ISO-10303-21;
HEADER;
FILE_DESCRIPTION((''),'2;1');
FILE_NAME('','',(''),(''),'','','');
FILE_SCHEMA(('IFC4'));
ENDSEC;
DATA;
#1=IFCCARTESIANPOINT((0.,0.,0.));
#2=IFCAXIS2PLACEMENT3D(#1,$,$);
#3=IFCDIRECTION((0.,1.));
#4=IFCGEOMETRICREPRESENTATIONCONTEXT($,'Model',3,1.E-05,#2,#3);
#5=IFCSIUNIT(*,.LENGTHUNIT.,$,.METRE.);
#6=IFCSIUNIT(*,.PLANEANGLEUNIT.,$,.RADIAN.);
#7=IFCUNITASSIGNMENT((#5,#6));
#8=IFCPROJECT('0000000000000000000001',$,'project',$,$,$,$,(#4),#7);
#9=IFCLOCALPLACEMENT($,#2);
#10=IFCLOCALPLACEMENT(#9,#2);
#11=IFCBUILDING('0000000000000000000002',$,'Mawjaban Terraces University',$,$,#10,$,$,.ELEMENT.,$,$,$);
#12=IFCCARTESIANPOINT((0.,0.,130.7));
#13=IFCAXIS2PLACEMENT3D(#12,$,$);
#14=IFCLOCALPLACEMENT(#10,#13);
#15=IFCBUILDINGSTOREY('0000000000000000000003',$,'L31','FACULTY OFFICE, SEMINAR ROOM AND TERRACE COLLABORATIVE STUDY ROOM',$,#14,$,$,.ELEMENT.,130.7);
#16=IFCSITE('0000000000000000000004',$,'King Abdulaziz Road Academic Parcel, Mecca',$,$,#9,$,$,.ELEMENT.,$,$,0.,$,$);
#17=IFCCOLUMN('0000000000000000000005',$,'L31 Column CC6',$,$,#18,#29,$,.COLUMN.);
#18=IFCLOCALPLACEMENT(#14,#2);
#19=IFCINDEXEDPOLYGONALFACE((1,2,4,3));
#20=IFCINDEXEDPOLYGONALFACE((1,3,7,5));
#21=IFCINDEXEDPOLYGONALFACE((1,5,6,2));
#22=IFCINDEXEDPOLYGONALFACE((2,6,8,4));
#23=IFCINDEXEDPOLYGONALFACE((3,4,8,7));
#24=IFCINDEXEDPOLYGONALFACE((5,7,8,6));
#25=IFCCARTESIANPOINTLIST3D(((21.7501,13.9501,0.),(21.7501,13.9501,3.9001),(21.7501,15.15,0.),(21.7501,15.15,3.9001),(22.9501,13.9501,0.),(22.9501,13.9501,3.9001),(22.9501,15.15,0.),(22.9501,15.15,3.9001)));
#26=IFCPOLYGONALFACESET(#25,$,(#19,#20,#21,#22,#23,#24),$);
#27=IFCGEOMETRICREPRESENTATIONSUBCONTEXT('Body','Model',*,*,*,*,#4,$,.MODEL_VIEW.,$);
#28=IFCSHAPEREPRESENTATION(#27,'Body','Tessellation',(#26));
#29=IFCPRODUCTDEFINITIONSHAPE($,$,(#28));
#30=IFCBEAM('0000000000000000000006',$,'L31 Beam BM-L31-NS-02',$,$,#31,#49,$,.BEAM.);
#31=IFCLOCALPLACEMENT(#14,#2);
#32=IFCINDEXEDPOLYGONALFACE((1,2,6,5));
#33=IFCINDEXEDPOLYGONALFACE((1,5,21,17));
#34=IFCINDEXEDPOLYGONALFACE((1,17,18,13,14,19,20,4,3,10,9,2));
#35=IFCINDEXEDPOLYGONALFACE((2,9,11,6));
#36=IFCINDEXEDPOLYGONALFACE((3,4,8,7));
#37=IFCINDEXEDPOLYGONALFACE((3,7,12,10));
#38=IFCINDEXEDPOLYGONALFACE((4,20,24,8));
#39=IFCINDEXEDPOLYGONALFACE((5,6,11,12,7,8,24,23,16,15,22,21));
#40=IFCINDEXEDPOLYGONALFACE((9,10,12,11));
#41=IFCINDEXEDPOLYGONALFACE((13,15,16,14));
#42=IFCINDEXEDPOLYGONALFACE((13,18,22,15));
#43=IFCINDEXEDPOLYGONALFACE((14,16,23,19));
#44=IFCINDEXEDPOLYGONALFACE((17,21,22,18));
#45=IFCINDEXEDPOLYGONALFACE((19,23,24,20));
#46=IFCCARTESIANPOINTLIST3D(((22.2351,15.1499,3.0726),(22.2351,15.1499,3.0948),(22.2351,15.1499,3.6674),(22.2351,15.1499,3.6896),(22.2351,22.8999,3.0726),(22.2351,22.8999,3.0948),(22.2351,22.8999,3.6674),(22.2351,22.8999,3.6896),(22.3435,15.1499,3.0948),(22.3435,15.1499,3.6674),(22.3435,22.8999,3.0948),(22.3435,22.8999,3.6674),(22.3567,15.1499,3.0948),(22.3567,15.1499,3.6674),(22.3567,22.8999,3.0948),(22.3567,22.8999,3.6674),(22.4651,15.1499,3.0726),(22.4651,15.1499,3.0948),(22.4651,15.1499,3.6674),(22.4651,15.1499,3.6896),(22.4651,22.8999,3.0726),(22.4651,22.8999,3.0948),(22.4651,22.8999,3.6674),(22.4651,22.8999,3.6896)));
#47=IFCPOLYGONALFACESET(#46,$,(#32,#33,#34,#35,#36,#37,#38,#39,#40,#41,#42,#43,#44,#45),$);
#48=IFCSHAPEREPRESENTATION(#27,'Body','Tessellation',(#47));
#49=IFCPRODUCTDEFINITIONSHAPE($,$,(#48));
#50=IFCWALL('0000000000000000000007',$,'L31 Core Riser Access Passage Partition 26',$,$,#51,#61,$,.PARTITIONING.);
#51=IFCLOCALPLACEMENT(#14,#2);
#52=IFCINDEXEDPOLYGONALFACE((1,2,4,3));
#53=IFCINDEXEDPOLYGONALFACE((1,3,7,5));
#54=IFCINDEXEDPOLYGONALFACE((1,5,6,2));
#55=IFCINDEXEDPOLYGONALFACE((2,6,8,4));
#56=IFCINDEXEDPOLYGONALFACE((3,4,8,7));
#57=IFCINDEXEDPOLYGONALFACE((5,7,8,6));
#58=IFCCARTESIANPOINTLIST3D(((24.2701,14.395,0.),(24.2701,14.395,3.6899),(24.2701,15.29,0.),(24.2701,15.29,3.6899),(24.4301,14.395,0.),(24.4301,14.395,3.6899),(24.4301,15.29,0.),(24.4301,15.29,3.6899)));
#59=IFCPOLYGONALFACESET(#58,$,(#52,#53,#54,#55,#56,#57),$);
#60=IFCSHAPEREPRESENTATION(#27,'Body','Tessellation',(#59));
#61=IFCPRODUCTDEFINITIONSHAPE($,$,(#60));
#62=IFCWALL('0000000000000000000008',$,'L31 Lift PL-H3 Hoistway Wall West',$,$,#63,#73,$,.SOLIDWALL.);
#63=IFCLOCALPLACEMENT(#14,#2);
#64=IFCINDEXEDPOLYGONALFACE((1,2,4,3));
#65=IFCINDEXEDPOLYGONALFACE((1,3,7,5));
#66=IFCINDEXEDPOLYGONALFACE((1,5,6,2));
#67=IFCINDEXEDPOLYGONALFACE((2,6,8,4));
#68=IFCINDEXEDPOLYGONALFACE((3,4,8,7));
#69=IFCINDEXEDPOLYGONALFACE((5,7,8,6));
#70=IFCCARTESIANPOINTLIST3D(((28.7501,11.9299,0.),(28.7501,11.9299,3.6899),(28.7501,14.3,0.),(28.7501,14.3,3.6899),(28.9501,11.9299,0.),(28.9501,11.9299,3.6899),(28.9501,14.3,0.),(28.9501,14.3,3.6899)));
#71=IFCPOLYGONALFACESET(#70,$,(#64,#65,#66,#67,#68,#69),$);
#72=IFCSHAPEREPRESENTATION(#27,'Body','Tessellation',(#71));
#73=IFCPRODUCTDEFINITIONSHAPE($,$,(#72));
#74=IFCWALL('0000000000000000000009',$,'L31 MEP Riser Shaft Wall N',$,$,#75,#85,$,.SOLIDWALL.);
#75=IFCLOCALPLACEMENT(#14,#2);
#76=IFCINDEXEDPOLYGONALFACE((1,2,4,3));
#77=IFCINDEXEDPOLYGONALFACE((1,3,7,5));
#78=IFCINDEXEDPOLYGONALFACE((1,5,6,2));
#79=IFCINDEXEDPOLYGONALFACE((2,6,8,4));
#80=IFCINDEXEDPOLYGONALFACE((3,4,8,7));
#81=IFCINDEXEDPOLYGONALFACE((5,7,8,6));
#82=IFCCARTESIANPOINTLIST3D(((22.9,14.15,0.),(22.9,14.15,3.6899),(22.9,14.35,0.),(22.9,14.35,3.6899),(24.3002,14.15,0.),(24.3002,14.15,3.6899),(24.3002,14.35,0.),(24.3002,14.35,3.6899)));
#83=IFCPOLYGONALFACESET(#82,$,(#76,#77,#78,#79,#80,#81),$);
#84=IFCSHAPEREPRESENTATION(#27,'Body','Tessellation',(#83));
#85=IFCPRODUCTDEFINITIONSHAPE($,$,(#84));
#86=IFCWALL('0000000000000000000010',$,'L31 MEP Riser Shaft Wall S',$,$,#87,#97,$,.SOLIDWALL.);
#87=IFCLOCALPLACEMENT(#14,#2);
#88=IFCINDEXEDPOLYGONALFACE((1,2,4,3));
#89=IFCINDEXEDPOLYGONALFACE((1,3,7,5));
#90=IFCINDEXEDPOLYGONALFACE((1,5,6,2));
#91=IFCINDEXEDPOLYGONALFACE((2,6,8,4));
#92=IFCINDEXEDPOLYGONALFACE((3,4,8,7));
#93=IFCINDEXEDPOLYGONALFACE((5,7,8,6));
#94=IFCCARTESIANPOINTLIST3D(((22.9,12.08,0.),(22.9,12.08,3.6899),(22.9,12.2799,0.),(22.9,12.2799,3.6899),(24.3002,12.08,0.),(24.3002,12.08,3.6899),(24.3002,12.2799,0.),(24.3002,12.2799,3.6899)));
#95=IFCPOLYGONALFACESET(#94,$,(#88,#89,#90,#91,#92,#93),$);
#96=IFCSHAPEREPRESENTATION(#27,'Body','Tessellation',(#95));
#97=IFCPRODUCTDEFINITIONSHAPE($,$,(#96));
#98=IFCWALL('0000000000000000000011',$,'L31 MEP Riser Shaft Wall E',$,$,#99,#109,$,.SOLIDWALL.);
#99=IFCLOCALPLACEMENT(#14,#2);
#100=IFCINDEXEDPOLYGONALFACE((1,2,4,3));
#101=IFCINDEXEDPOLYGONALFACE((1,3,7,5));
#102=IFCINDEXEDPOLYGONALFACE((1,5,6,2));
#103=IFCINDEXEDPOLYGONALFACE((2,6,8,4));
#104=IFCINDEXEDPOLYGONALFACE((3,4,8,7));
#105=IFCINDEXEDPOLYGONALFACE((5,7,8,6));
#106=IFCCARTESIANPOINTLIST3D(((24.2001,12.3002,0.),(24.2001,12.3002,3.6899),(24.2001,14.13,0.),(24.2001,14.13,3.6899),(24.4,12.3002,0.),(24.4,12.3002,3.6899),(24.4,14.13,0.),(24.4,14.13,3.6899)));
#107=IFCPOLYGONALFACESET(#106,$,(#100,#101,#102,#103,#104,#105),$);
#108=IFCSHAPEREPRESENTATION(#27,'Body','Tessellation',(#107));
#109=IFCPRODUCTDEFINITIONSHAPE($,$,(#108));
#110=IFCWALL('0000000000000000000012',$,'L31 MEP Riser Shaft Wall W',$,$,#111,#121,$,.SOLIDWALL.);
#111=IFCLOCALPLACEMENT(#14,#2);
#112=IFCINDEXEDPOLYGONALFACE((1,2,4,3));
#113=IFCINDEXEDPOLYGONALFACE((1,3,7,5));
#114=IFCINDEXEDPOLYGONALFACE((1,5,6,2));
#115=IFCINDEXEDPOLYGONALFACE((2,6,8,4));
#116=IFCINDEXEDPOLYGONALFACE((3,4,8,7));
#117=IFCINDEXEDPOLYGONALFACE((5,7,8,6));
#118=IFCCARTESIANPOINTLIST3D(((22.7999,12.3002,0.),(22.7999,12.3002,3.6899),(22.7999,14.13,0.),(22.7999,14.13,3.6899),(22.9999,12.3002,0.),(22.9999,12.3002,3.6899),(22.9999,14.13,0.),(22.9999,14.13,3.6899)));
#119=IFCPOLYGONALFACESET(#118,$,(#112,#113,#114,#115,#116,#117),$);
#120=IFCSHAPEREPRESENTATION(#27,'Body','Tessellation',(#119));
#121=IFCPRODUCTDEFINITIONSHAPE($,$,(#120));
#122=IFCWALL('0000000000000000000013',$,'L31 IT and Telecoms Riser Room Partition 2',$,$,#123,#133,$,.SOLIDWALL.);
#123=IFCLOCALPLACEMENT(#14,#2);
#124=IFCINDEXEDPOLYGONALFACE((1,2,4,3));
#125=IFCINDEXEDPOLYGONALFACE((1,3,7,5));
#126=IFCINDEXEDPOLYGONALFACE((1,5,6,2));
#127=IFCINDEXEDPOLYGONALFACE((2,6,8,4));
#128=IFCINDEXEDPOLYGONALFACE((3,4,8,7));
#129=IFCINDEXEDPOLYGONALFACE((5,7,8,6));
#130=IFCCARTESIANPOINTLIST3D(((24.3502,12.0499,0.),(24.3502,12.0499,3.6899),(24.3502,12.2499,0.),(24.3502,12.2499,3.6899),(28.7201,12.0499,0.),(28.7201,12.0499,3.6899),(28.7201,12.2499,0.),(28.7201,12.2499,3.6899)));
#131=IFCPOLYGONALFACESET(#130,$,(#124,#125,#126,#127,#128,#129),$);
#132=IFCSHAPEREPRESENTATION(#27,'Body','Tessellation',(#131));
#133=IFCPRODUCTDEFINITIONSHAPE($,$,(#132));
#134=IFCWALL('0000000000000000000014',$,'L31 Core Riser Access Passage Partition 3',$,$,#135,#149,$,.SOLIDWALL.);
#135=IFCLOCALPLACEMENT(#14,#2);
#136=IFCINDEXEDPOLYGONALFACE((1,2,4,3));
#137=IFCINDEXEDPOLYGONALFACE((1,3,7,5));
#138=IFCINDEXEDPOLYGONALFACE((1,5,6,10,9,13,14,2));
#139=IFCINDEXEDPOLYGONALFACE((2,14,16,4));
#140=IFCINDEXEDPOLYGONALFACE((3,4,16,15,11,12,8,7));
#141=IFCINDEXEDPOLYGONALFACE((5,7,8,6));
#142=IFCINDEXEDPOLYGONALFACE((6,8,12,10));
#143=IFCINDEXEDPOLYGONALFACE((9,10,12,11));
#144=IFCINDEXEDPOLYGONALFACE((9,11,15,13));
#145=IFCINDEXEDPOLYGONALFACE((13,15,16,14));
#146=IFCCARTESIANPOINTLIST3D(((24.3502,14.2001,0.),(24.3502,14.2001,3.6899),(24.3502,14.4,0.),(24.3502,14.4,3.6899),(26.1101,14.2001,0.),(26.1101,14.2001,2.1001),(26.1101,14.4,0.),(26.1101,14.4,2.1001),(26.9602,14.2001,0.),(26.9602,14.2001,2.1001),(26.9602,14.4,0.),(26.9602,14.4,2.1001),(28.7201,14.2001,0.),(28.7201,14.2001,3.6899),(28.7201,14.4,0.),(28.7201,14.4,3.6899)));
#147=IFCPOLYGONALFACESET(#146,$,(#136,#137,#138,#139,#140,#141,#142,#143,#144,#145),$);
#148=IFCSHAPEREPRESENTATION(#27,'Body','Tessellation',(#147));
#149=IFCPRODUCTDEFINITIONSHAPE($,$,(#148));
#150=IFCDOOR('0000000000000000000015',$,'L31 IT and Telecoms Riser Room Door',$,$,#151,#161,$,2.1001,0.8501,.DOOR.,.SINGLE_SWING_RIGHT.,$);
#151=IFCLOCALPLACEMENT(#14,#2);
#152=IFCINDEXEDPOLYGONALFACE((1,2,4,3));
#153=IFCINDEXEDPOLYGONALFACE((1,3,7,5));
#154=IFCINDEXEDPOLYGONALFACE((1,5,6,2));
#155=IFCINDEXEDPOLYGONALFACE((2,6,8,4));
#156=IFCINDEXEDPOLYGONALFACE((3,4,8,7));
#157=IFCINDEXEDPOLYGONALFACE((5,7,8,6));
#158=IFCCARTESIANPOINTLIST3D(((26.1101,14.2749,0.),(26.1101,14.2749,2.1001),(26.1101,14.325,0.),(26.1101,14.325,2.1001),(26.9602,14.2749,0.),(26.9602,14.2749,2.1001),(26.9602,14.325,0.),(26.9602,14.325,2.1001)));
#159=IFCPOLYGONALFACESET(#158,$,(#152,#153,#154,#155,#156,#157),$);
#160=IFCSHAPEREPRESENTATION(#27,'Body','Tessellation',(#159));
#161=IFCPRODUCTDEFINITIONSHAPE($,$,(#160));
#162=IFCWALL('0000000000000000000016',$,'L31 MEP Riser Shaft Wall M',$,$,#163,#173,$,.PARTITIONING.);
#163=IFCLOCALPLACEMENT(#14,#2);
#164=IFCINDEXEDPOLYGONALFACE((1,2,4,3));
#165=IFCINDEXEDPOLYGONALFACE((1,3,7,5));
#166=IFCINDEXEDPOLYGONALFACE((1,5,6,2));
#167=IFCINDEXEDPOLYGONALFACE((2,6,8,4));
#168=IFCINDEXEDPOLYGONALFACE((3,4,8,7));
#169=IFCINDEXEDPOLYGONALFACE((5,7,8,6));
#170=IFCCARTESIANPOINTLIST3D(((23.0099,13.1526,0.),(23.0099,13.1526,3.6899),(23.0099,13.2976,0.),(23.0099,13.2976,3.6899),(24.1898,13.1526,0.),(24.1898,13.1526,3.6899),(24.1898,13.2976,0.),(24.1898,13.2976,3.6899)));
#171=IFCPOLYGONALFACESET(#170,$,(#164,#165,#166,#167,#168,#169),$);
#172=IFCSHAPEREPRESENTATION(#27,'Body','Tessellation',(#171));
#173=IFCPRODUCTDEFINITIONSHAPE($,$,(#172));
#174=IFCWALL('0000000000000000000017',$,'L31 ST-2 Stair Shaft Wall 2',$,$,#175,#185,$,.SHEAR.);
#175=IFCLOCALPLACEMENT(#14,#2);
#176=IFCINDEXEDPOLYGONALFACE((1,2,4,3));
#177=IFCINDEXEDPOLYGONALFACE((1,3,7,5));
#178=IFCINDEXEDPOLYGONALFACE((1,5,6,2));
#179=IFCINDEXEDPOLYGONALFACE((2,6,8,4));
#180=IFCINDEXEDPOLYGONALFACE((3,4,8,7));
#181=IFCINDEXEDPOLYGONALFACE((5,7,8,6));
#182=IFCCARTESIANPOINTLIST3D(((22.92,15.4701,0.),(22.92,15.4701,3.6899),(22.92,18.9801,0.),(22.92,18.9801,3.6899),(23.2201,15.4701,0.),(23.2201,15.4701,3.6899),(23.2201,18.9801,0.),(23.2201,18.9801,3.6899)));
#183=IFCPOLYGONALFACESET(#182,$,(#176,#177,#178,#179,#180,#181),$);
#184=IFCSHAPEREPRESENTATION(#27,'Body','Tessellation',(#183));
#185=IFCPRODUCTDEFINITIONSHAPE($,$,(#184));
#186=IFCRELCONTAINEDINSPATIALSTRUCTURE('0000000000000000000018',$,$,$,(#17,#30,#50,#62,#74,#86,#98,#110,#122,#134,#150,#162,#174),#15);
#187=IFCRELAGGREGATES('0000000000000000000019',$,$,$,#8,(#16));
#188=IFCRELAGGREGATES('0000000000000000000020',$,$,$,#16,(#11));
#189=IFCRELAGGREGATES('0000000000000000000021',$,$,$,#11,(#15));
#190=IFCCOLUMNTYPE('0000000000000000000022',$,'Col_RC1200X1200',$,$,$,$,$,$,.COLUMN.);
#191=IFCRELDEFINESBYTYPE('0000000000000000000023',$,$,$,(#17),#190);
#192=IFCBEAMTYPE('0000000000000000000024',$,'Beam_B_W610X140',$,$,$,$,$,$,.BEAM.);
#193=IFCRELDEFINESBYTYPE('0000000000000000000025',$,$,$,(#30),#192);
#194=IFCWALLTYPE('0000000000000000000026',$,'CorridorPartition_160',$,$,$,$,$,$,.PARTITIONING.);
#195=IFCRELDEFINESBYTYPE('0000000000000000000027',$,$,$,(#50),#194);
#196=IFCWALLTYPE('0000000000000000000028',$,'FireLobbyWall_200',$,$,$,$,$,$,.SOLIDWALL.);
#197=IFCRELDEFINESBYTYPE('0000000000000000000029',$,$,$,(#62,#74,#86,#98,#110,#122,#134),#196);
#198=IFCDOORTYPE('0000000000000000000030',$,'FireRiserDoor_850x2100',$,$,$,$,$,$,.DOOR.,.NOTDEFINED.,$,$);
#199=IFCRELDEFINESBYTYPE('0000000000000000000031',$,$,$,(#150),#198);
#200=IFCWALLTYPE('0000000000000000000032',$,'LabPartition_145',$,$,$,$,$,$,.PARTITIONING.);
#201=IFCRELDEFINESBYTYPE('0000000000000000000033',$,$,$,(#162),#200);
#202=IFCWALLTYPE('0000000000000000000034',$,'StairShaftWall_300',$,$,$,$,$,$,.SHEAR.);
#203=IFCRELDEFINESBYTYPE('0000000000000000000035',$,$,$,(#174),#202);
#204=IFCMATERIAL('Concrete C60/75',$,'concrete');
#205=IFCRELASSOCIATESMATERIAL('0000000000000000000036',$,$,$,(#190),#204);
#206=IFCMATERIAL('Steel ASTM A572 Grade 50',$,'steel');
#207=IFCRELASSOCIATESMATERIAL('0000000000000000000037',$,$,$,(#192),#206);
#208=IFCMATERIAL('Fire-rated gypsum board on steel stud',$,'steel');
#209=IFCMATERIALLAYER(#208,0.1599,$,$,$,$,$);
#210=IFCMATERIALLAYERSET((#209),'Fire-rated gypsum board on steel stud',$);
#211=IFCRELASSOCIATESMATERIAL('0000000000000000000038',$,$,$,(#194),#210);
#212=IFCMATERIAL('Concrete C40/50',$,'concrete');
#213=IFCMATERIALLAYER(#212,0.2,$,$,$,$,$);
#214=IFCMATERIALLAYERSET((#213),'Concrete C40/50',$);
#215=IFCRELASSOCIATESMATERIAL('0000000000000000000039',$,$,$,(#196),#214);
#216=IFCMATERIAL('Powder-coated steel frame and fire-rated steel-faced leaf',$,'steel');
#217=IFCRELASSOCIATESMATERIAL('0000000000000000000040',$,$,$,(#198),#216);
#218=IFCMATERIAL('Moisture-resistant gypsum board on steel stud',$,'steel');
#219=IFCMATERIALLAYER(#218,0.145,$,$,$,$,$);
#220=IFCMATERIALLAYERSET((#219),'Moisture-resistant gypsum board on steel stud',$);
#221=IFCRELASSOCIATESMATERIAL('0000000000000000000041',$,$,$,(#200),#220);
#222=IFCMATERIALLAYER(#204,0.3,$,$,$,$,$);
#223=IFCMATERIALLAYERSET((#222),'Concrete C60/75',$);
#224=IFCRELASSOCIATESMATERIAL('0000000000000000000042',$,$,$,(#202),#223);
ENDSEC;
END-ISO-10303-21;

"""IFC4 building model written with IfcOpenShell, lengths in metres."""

from ifc_helpers import new_model, si_unit, direction, frame, frame_2d, origin, origin_2d, place, context, subcontext, project, spatial, rectangle, i_section, extrude, material, layer, layer_set, material_profile, profile_set, type_object, element, fill, save


model = new_model("IFC4")

# Units and contexts
model_context = context("Model", 3, precision=1e-05, world=origin(), true_north=direction((0.0, 1.0)))
body_context = subcontext(model_context, "Body", "Model", "MODEL_VIEW")
ifc_project = project(units=[si_unit("LENGTHUNIT", "METRE"), si_unit("PLANEANGLEUNIT", "RADIAN")], contexts=[model_context])

# Site, building, storey
site_placement = place(None, origin())
site = spatial("IfcSite", under=ifc_project, at=site_placement, Name="King Abdulaziz Road Academic Parcel, Mecca", CompositionType="ELEMENT", RefElevation=0.0)
building_placement = place(site_placement, origin())
building = spatial("IfcBuilding", under=site, at=building_placement, Name="Mawjaban Terraces University", CompositionType="ELEMENT")
storey_placement = place(building_placement, frame((0.0, 0.0, 130.7)))
storey = spatial("IfcBuildingStorey", under=building, at=storey_placement, Name="L31", Description="FACULTY OFFICE, SEMINAR ROOM AND TERRACE COLLABORATIVE STUDY ROOM", CompositionType="ELEMENT", Elevation=130.7)

# Column
ifc_material_1 = material(Name="Concrete C60/75", Category="concrete")
ifc_material_profile_1 = material_profile(ifc_material_1, rectangle(XDim=1.2, YDim=1.2, at=origin_2d()), Name="RC1200X1200")
ifc_profile_set_1 = profile_set([ifc_material_profile_1], Name="Concrete C60/75")
column_type = type_object("IfcColumnType", Name="Col_RC1200X1200", PredefinedType="COLUMN", material=ifc_profile_set_1)
column_placement = place(storey_placement, frame((22.3501, 14.55, 0.0), z_axis=(0.0, 0.0, 1.0), x_axis=(1.0, 0.0, 0.0)))
element("IfcColumn", 1, at=column_placement, inside=storey, type_object=column_type, Name="L31 Column CC6", PredefinedType="COLUMN", context=body_context, shape_type="SweptSolid", body=[
    extrude(rectangle(XDim=1.2, YDim=1.2, at=origin_2d()), origin(), (0.0, 0.0, 1.0), 3.9001),
])

# Beam
ifc_material_2 = material(Name="Steel ASTM A572 Grade 50", Category="steel")
ifc_material_profile_2 = material_profile(ifc_material_2, i_section(OverallWidth=0.23, OverallDepth=0.6169, WebThickness=0.0132, FlangeThickness=0.0222, at=origin_2d()), Name="W610X140")
ifc_profile_set_2 = profile_set([ifc_material_profile_2], Name="Steel ASTM A572 Grade 50")
beam_type = type_object("IfcBeamType", Name="Beam_B_W610X140", PredefinedType="BEAM", material=ifc_profile_set_2)
beam_placement = place(storey_placement, frame((22.3501, 15.1499, 3.3811), z_axis=(0.0, 1.0, 0.0), x_axis=(-1.0, 0.0, 0.0)))
element("IfcBeam", 2, at=beam_placement, inside=storey, type_object=beam_type, Name="L31 Beam BM-L31-NS-02", PredefinedType="BEAM", context=body_context, shape_type="SweptSolid", body=[
    extrude(i_section(OverallWidth=0.23, OverallDepth=0.6169, WebThickness=0.0132, FlangeThickness=0.0222, at=origin_2d()), origin(), (0.0, 0.0, 1.0), 7.75),
])

# Walls
ifc_material_3 = material(Name="Fire-rated gypsum board on steel stud", Category="steel")
ifc_layer_1 = layer(ifc_material_3, 0.1599)
ifc_layer_set_1 = layer_set([ifc_layer_1], Name="Fire-rated gypsum board on steel stud")
wall_type_1 = type_object("IfcWallType", Name="CorridorPartition_160", PredefinedType="PARTITIONING", material=ifc_layer_set_1)
wall_1_placement = place(storey_placement, frame((24.3501, 15.29, 0.0), z_axis=(0.0, 0.0, 1.0), x_axis=(0.0, -1.0, 0.0)))
element("IfcWall", 3, at=wall_1_placement, inside=storey, type_object=wall_type_1, Name="L31 Core Riser Access Passage Partition 26", PredefinedType="PARTITIONING", context=body_context, shape_type="SweptSolid", body=[
    extrude(rectangle(XDim=0.895, YDim=0.1599, at=frame_2d((0.4475, 0.0))), origin(), (0.0, 0.0, 1.0), 3.6899),
])
ifc_material_4 = material(Name="Concrete C40/50", Category="concrete")
ifc_layer_2 = layer(ifc_material_4, 0.2)
ifc_layer_set_2 = layer_set([ifc_layer_2], Name="Concrete C40/50")
wall_type_2 = type_object("IfcWallType", Name="FireLobbyWall_200", PredefinedType="SOLIDWALL", material=ifc_layer_set_2)
wall_2_placement = place(storey_placement, frame((28.8501, 14.3, 0.0), z_axis=(0.0, 0.0, 1.0), x_axis=(0.0, -1.0, 0.0)))
element("IfcWall", 4, at=wall_2_placement, inside=storey, type_object=wall_type_2, Name="L31 Lift PL-H3 Hoistway Wall West", PredefinedType="SOLIDWALL", context=body_context, shape_type="SweptSolid", body=[
    extrude(rectangle(XDim=2.3701, YDim=0.2, at=frame_2d((1.1851, 0.0))), origin(), (0.0, 0.0, 1.0), 3.6899),
])
for number, where, z_axis, x_axis, name in (
    (5, (22.8999, 14.25, 0.0), (0.0, 0.0, 1.0), (1.0, 0.0, 0.0), "L31 MEP Riser Shaft Wall N"),
    (6, (22.8999, 12.1799, 0.0), (0.0, 0.0, 1.0), (1.0, 0.0, 0.0), "L31 MEP Riser Shaft Wall S"),
):
    element("IfcWall", number, at=place(storey_placement, frame(where, z_axis=z_axis, x_axis=x_axis)), inside=storey, type_object=wall_type_2, Name=name, PredefinedType="SOLIDWALL", context=body_context, shape_type="SweptSolid", body=[
        extrude(rectangle(XDim=1.4001, YDim=0.2, at=frame_2d((0.7002, 0.0))), origin(), (0.0, 0.0, 1.0), 3.6899),
    ])
for number, where, z_axis, x_axis, name in (
    (7, (24.3, 12.3, 0.0), (0.0, 0.0, 1.0), (0.0, 1.0, 0.0), "L31 MEP Riser Shaft Wall E"),
    (8, (22.8999, 12.3, 0.0), (0.0, 0.0, 1.0), (0.0, 1.0, 0.0), "L31 MEP Riser Shaft Wall W"),
):
    element("IfcWall", number, at=place(storey_placement, frame(where, z_axis=z_axis, x_axis=x_axis)), inside=storey, type_object=wall_type_2, Name=name, PredefinedType="SOLIDWALL", context=body_context, shape_type="SweptSolid", body=[
        extrude(rectangle(XDim=1.8298, YDim=0.2, at=frame_2d((0.915, 0.0))), origin(), (0.0, 0.0, 1.0), 3.6899),
    ])
wall_3_placement = place(storey_placement, frame((24.3501, 12.1499, 0.0), z_axis=(0.0, 0.0, 1.0), x_axis=(1.0, 0.0, 0.0)))
element("IfcWall", 9, at=wall_3_placement, inside=storey, type_object=wall_type_2, Name="L31 IT and Telecoms Riser Room Partition 2", PredefinedType="SOLIDWALL", context=body_context, shape_type="SweptSolid", body=[
    extrude(rectangle(XDim=4.3699, YDim=0.2, at=frame_2d((2.1851, 0.0))), origin(), (0.0, 0.0, 1.0), 3.6899),
])

# Wall, opening, door
wall_4_placement = place(storey_placement, frame((24.3501, 14.3, 0.0), z_axis=(0.0, 0.0, 1.0), x_axis=(1.0, 0.0, 0.0)))
wall_4 = element("IfcWall", 10, at=wall_4_placement, inside=storey, type_object=wall_type_2, Name="L31 Core Riser Access Passage Partition 3", PredefinedType="SOLIDWALL", context=body_context, shape_type="SweptSolid", body=[
    extrude(rectangle(XDim=4.3699, YDim=0.2, at=frame_2d((2.1851, 0.0))), origin(), (0.0, 0.0, 1.0), 3.6899),
])
opening_placement = place(wall_4_placement, frame((1.76, 0.0, 0.0)))
opening = element("IfcOpeningElement", 11, at=opening_placement, cuts=wall_4, PredefinedType="OPENING", context=body_context, shape_type="SweptSolid", body=[
    extrude(rectangle(XDim=0.8501, YDim=2.1001, at=frame_2d((0.425, 1.05))), frame((0.0, 0.1099, 0.0), z_axis=(0.0, -1.0, 0.0), x_axis=(1.0, 0.0, 0.0)), (0.0, 0.0, 1.0), 0.22),
])
ifc_material_5 = material(Name="Powder-coated steel frame and fire-rated steel-faced leaf", Category="steel")
door_type = type_object("IfcDoorType", Name="FireRiserDoor_850x2100", OperationType="NOTDEFINED", PredefinedType="DOOR", material=ifc_material_5)
door_placement = place(opening_placement, origin())
door = element("IfcDoor", 12, at=door_placement, inside=storey, type_object=door_type, Name="L31 IT and Telecoms Riser Room Door", OperationType="SINGLE_SWING_RIGHT", OverallHeight=2.1001, OverallWidth=0.8501, PredefinedType="DOOR", context=body_context, shape_type="SweptSolid", body=[
    extrude(rectangle(XDim=0.8501, YDim=2.1001, at=frame_2d((0.425, 1.05))), frame((0.0, 0.0249, 0.0), z_axis=(0.0, -1.0, 0.0), x_axis=(1.0, 0.0, 0.0)), (0.0, 0.0, 1.0), 0.05),
])
fill(opening, door)

# Walls
ifc_material_6 = material(Name="Moisture-resistant gypsum board on steel stud", Category="steel")
ifc_layer_3 = layer(ifc_material_6, 0.145)
ifc_layer_set_3 = layer_set([ifc_layer_3], Name="Moisture-resistant gypsum board on steel stud")
wall_type_3 = type_object("IfcWallType", Name="LabPartition_145", PredefinedType="PARTITIONING", material=ifc_layer_set_3)
wall_5_placement = place(storey_placement, frame((23.01, 13.2251, 0.0), z_axis=(0.0, 0.0, 1.0), x_axis=(1.0, 0.0, 0.0)))
element("IfcWall", 13, at=wall_5_placement, inside=storey, type_object=wall_type_3, Name="L31 MEP Riser Shaft Wall M", PredefinedType="PARTITIONING", context=body_context, shape_type="SweptSolid", body=[
    extrude(rectangle(XDim=1.1799, YDim=0.145, at=frame_2d((0.5898, 0.0))), origin(), (0.0, 0.0, 1.0), 3.6899),
])
ifc_layer_4 = layer(ifc_material_1, 0.3)
ifc_layer_set_4 = layer_set([ifc_layer_4], Name="Concrete C60/75")
wall_type_4 = type_object("IfcWallType", Name="StairShaftWall_300", PredefinedType="SHEAR", material=ifc_layer_set_4)
wall_6_placement = place(storey_placement, frame((23.0701, 18.98, 0.0), z_axis=(0.0, 0.0, 1.0), x_axis=(0.0, -1.0, 0.0)))
element("IfcWall", 14, at=wall_6_placement, inside=storey, type_object=wall_type_4, Name="L31 ST-2 Stair Shaft Wall 2", PredefinedType="SHEAR", context=body_context, shape_type="SweptSolid", body=[
    extrude(rectangle(XDim=3.51, YDim=0.3, at=frame_2d((1.7549, 0.0))), origin(), (0.0, 0.0, 1.0), 3.6899),
])

save(model, "model.ifc")
